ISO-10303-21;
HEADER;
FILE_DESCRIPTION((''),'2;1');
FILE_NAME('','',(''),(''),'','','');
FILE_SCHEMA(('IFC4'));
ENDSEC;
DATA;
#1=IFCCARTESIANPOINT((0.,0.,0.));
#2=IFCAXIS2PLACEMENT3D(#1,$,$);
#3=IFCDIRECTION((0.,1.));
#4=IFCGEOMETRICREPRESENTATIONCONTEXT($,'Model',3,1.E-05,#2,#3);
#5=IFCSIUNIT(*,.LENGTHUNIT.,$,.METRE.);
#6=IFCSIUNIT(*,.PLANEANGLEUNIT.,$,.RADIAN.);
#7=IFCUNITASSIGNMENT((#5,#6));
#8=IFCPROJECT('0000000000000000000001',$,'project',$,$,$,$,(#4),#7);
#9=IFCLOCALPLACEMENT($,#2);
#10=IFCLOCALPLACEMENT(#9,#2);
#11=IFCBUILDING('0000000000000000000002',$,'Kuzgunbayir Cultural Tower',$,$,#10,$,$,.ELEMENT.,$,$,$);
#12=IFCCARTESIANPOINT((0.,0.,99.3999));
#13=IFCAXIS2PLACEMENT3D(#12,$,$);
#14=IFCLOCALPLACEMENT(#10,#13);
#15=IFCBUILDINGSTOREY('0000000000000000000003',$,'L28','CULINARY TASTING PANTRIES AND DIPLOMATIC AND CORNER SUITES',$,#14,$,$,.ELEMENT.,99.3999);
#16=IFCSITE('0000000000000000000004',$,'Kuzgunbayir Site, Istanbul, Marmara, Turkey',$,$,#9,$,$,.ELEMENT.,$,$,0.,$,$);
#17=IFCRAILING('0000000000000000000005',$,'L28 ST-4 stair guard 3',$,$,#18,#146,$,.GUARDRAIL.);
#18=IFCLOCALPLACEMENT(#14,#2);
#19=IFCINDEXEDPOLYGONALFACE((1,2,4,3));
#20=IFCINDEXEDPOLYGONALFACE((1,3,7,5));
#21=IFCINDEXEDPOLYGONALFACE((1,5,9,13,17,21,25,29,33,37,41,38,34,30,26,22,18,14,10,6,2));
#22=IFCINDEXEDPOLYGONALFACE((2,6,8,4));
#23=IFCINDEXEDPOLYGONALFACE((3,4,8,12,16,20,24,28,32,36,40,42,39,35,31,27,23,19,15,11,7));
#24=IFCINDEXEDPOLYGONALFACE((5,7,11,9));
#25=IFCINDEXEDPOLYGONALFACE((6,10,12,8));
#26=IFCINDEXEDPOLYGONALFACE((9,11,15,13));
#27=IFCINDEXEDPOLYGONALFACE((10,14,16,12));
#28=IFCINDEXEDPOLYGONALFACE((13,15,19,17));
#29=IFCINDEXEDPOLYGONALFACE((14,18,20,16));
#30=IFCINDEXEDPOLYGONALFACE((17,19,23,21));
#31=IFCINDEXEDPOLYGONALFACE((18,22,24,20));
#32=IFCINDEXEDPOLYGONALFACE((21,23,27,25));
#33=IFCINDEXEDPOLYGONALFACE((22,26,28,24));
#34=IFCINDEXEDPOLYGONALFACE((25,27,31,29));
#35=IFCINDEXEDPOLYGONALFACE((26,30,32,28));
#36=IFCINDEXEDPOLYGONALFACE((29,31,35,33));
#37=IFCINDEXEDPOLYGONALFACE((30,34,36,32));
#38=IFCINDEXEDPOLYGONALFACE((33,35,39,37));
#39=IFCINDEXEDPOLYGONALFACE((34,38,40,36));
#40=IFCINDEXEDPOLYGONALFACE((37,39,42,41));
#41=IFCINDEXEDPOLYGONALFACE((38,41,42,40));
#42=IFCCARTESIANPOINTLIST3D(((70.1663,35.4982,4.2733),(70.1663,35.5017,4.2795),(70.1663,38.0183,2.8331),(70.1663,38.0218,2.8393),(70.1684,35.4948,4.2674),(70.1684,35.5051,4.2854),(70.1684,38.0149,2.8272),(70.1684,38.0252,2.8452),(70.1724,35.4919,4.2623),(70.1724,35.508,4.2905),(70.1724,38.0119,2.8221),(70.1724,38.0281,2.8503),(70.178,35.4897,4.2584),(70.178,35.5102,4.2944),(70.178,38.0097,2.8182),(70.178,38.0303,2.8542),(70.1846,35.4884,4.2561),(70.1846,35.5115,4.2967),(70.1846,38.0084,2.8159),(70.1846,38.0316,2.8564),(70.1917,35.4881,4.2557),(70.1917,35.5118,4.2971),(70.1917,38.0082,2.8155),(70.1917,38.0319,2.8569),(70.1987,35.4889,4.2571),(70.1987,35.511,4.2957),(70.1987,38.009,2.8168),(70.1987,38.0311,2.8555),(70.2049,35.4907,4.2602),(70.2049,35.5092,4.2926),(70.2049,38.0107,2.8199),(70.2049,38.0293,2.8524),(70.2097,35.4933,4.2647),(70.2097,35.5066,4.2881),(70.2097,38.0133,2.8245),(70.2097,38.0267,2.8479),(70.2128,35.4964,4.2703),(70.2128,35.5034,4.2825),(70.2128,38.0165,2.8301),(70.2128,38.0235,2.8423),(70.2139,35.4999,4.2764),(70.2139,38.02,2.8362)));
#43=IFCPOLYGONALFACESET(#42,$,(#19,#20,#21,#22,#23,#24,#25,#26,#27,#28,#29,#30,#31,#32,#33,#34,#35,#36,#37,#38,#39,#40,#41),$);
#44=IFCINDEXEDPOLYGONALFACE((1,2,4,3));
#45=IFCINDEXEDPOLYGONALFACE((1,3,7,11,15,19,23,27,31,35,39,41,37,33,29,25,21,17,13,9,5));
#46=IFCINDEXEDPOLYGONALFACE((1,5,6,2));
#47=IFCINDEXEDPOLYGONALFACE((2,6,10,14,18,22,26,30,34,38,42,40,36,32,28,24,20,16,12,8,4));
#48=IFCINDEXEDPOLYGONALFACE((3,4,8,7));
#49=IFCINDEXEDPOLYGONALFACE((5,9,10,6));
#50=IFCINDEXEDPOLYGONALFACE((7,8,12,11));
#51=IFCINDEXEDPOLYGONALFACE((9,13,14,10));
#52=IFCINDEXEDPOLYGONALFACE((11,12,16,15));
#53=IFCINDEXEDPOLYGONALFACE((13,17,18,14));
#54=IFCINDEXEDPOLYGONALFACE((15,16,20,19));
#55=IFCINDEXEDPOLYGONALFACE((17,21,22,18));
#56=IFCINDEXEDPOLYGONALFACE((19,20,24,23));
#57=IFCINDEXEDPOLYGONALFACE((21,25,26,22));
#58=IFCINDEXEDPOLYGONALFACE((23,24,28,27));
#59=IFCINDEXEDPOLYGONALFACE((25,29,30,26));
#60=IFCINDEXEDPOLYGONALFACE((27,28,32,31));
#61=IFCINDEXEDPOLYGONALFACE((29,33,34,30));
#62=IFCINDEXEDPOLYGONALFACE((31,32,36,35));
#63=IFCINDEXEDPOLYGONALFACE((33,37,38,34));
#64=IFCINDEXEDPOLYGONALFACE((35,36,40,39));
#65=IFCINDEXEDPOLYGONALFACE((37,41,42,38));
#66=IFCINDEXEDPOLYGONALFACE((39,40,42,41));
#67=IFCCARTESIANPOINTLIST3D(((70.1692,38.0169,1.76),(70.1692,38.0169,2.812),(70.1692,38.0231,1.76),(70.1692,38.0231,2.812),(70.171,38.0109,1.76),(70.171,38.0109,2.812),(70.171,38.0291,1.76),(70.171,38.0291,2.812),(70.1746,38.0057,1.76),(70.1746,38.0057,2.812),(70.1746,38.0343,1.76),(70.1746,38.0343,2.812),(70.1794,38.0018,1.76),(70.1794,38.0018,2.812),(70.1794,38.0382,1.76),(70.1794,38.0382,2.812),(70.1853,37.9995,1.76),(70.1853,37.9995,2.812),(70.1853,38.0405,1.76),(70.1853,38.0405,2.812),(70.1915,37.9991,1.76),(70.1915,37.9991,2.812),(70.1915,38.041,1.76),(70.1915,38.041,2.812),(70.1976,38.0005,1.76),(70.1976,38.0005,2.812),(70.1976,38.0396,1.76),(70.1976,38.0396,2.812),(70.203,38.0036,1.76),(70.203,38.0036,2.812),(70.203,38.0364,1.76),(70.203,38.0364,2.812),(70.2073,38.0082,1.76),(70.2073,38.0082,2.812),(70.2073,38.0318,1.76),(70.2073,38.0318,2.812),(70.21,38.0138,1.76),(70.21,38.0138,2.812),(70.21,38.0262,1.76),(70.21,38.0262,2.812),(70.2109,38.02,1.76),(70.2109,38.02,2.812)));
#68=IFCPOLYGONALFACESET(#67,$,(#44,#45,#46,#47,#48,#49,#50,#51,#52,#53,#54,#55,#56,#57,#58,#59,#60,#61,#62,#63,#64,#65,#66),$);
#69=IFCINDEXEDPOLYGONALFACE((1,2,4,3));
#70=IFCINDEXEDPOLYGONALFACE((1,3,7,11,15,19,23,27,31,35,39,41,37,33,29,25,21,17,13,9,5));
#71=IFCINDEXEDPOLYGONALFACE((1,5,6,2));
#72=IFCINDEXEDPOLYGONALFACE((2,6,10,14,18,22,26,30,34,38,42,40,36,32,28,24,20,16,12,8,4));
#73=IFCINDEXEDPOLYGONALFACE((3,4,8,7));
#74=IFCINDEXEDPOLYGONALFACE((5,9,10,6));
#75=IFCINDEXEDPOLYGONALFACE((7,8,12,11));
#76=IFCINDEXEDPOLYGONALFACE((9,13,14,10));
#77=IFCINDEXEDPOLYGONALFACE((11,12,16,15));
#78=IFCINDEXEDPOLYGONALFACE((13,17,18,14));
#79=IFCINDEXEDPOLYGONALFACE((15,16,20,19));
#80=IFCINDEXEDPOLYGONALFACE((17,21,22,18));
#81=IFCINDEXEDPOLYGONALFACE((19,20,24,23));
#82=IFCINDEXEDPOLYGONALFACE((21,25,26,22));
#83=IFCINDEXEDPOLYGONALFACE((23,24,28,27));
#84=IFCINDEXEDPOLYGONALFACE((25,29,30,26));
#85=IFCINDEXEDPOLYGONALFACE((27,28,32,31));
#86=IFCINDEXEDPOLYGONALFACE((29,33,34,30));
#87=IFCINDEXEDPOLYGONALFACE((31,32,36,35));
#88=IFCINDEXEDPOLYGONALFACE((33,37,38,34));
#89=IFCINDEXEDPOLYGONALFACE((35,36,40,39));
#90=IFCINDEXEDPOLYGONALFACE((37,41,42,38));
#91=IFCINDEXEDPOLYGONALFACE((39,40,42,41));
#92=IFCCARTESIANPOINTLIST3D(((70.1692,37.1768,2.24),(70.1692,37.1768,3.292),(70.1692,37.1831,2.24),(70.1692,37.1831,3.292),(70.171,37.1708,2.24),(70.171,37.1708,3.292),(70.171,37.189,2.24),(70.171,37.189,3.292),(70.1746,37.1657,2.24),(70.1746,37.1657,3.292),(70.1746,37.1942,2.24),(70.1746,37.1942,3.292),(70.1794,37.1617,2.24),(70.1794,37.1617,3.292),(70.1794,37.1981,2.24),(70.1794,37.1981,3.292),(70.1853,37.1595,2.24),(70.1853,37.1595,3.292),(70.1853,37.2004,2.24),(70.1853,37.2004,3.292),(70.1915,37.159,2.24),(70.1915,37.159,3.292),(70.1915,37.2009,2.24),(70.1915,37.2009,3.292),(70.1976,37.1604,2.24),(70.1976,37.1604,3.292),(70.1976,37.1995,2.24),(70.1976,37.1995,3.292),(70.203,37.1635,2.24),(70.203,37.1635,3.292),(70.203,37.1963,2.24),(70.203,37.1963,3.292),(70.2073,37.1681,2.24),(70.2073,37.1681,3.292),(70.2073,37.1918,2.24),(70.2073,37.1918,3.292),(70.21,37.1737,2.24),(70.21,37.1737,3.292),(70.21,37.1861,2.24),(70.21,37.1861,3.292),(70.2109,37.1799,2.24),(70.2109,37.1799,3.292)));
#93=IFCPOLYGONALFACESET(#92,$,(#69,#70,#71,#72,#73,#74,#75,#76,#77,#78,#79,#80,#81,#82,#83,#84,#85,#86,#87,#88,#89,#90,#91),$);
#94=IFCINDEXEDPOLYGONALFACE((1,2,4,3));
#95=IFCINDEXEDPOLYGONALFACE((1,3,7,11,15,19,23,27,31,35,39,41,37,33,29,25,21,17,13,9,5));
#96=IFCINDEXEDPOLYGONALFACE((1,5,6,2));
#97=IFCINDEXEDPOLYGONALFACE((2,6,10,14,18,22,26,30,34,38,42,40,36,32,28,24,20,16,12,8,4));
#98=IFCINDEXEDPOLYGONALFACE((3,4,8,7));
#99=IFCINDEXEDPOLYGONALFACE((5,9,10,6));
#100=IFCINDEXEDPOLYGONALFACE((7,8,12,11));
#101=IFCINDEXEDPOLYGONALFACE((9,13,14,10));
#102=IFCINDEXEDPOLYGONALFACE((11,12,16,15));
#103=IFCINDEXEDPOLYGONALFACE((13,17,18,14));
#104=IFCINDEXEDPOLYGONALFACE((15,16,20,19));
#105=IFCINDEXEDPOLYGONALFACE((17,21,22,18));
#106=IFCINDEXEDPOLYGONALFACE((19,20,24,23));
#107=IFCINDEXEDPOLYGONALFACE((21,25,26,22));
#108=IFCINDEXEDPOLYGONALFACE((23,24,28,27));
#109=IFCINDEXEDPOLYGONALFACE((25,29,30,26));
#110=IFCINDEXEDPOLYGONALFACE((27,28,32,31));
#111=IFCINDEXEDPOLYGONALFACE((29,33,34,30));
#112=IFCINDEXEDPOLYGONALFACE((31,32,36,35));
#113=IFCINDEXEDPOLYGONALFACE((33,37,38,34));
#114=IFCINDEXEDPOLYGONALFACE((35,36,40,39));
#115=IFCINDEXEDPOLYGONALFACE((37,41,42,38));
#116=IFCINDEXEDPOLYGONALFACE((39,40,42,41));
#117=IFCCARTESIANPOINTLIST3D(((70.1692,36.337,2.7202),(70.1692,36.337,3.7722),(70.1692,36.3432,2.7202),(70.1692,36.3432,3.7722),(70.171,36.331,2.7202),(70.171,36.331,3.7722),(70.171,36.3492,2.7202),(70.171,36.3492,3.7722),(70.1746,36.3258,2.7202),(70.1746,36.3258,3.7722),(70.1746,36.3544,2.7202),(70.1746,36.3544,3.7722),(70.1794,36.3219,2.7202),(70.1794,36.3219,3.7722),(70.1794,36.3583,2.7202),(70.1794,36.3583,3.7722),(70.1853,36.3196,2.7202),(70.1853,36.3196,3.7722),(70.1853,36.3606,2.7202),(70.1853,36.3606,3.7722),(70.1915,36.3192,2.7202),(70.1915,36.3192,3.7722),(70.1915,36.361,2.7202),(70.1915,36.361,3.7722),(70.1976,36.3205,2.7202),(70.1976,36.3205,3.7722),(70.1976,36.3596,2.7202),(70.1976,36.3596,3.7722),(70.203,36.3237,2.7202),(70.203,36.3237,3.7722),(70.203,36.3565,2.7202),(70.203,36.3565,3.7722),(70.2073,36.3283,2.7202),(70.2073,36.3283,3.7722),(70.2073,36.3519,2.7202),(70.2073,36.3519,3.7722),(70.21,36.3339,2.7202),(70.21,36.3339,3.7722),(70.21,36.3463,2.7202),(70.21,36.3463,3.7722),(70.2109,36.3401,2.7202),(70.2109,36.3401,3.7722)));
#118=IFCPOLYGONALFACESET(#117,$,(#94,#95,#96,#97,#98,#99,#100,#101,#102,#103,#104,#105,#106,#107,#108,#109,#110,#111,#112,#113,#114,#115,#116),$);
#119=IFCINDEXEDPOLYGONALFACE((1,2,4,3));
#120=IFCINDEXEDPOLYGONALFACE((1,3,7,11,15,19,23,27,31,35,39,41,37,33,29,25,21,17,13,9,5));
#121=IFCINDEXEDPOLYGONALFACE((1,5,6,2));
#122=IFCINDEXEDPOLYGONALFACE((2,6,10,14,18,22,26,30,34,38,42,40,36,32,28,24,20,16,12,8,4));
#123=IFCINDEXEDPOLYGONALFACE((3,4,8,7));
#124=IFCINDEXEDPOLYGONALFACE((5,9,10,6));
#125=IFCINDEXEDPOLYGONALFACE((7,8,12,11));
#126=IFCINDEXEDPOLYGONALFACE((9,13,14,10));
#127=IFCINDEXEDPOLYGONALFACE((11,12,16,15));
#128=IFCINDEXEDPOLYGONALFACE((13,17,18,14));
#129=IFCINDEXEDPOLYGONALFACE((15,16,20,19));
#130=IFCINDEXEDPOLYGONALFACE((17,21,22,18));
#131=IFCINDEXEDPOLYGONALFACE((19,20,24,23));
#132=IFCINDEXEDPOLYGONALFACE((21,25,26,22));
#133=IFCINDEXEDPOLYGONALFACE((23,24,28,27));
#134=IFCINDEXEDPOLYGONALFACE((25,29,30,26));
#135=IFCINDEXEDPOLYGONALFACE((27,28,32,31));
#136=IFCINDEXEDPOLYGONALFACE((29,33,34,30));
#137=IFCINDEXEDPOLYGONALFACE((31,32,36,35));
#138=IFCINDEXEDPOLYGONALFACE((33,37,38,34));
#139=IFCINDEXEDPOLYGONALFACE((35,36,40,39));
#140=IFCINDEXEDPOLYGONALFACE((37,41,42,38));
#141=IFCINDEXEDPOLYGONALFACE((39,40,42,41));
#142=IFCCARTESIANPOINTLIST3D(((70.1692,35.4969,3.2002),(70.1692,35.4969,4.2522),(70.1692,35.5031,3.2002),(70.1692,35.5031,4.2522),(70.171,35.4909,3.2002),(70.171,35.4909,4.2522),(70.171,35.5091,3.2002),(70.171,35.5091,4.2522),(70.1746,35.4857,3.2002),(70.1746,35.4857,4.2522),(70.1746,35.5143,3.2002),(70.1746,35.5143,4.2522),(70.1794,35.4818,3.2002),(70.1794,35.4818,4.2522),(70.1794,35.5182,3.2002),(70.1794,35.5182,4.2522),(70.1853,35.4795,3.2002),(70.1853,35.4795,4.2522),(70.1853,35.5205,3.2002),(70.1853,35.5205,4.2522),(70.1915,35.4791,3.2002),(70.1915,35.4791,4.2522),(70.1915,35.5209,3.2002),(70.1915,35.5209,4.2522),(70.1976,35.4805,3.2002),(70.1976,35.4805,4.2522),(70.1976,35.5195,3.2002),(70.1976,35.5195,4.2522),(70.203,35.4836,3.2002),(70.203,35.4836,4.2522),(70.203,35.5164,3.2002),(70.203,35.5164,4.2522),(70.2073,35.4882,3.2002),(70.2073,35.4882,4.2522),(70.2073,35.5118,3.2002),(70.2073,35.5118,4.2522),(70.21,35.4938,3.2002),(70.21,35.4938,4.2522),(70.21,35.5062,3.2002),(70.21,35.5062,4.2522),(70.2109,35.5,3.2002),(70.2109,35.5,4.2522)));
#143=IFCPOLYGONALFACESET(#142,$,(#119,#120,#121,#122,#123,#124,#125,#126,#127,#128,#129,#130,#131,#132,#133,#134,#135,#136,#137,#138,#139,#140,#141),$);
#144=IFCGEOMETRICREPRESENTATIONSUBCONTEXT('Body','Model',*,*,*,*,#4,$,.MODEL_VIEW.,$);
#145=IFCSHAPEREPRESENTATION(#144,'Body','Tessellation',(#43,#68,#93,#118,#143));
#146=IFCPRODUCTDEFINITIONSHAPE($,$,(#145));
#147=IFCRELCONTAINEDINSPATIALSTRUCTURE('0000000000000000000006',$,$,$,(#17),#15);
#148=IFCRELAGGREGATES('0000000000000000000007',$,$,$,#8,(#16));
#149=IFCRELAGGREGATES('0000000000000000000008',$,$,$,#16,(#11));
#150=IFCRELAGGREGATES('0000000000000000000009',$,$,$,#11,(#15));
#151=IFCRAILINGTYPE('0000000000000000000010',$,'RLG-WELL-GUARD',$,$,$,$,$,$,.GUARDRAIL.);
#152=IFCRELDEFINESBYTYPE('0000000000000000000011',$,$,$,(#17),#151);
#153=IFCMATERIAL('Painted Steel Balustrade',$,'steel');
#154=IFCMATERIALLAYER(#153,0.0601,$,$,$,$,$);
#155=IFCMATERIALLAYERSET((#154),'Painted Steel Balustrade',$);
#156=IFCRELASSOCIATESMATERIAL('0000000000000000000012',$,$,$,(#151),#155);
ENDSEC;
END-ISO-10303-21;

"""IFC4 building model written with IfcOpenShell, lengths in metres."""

from ifc_helpers import new_model, si_unit, direction, frame, origin, origin_2d, place, context, subcontext, project, spatial, circle, extrude, material, layer, layer_set, type_object, element, save


model = new_model("IFC4")

# Units and contexts
model_context = context("Model", 3, precision=1e-05, world=origin(), true_north=direction((0.0, 1.0)))
body_context = subcontext(model_context, "Body", "Model", "MODEL_VIEW")
ifc_project = project(units=[si_unit("LENGTHUNIT", "METRE"), si_unit("PLANEANGLEUNIT", "RADIAN")], contexts=[model_context])

# Site, building, storey
site_placement = place(None, origin())
site = spatial("IfcSite", under=ifc_project, at=site_placement, Name="Kuzgunbayir Site, Istanbul, Marmara, Turkey", CompositionType="ELEMENT", RefElevation=0.0)
building_placement = place(site_placement, origin())
building = spatial("IfcBuilding", under=site, at=building_placement, Name="Kuzgunbayir Cultural Tower", CompositionType="ELEMENT")
storey_placement = place(building_placement, frame((0.0, 0.0, 99.3999)))
storey = spatial("IfcBuildingStorey", under=building, at=storey_placement, Name="L28", Description="CULINARY TASTING PANTRIES AND DIPLOMATIC AND CORNER SUITES", CompositionType="ELEMENT", Elevation=99.3999)

# Railing
ifc_material_1 = material(Name="Painted Steel Balustrade", Category="steel")
ifc_layer_1 = layer(ifc_material_1, 0.0601)
ifc_layer_set_1 = layer_set([ifc_layer_1], Name="Painted Steel Balustrade")
railing_type_1 = type_object("IfcRailingType", Name="RLG-WELL-GUARD", PredefinedType="GUARDRAIL", material=ifc_layer_set_1)
railing_1_placement = place(storey_placement, frame((70.1899, 38.02, 1.76)))
element("IfcRailing", 1, at=railing_1_placement, inside=storey, type_object=railing_type_1, Name="L28 ST-4 stair guard 3", PredefinedType="GUARDRAIL", context=body_context, shape_type="SweptSolid", body=[
    extrude(circle(Radius=0.0239, at=origin_2d()), frame((0.0, 0.0, 1.0762), z_axis=(0.0, -0.868217, 0.496184), x_axis=(1.0, 0.0, 0.0)), (0.0, 0.0, 1.0), 2.9026),
    extrude(circle(Radius=0.021, at=origin_2d()), origin(), (0.0, 0.0, 1.0), 1.052),
    extrude(circle(Radius=0.021, at=origin_2d()), frame((0.0, -0.8401, 0.48)), (0.0, 0.0, 1.0), 1.052),
    extrude(circle(Radius=0.021, at=origin_2d()), frame((0.0, -1.6799, 0.9602)), (0.0, 0.0, 1.0), 1.052),
    extrude(circle(Radius=0.021, at=origin_2d()), frame((0.0, -2.52, 1.4402)), (0.0, 0.0, 1.0), 1.052),
])

save(model, "model.ifc")
